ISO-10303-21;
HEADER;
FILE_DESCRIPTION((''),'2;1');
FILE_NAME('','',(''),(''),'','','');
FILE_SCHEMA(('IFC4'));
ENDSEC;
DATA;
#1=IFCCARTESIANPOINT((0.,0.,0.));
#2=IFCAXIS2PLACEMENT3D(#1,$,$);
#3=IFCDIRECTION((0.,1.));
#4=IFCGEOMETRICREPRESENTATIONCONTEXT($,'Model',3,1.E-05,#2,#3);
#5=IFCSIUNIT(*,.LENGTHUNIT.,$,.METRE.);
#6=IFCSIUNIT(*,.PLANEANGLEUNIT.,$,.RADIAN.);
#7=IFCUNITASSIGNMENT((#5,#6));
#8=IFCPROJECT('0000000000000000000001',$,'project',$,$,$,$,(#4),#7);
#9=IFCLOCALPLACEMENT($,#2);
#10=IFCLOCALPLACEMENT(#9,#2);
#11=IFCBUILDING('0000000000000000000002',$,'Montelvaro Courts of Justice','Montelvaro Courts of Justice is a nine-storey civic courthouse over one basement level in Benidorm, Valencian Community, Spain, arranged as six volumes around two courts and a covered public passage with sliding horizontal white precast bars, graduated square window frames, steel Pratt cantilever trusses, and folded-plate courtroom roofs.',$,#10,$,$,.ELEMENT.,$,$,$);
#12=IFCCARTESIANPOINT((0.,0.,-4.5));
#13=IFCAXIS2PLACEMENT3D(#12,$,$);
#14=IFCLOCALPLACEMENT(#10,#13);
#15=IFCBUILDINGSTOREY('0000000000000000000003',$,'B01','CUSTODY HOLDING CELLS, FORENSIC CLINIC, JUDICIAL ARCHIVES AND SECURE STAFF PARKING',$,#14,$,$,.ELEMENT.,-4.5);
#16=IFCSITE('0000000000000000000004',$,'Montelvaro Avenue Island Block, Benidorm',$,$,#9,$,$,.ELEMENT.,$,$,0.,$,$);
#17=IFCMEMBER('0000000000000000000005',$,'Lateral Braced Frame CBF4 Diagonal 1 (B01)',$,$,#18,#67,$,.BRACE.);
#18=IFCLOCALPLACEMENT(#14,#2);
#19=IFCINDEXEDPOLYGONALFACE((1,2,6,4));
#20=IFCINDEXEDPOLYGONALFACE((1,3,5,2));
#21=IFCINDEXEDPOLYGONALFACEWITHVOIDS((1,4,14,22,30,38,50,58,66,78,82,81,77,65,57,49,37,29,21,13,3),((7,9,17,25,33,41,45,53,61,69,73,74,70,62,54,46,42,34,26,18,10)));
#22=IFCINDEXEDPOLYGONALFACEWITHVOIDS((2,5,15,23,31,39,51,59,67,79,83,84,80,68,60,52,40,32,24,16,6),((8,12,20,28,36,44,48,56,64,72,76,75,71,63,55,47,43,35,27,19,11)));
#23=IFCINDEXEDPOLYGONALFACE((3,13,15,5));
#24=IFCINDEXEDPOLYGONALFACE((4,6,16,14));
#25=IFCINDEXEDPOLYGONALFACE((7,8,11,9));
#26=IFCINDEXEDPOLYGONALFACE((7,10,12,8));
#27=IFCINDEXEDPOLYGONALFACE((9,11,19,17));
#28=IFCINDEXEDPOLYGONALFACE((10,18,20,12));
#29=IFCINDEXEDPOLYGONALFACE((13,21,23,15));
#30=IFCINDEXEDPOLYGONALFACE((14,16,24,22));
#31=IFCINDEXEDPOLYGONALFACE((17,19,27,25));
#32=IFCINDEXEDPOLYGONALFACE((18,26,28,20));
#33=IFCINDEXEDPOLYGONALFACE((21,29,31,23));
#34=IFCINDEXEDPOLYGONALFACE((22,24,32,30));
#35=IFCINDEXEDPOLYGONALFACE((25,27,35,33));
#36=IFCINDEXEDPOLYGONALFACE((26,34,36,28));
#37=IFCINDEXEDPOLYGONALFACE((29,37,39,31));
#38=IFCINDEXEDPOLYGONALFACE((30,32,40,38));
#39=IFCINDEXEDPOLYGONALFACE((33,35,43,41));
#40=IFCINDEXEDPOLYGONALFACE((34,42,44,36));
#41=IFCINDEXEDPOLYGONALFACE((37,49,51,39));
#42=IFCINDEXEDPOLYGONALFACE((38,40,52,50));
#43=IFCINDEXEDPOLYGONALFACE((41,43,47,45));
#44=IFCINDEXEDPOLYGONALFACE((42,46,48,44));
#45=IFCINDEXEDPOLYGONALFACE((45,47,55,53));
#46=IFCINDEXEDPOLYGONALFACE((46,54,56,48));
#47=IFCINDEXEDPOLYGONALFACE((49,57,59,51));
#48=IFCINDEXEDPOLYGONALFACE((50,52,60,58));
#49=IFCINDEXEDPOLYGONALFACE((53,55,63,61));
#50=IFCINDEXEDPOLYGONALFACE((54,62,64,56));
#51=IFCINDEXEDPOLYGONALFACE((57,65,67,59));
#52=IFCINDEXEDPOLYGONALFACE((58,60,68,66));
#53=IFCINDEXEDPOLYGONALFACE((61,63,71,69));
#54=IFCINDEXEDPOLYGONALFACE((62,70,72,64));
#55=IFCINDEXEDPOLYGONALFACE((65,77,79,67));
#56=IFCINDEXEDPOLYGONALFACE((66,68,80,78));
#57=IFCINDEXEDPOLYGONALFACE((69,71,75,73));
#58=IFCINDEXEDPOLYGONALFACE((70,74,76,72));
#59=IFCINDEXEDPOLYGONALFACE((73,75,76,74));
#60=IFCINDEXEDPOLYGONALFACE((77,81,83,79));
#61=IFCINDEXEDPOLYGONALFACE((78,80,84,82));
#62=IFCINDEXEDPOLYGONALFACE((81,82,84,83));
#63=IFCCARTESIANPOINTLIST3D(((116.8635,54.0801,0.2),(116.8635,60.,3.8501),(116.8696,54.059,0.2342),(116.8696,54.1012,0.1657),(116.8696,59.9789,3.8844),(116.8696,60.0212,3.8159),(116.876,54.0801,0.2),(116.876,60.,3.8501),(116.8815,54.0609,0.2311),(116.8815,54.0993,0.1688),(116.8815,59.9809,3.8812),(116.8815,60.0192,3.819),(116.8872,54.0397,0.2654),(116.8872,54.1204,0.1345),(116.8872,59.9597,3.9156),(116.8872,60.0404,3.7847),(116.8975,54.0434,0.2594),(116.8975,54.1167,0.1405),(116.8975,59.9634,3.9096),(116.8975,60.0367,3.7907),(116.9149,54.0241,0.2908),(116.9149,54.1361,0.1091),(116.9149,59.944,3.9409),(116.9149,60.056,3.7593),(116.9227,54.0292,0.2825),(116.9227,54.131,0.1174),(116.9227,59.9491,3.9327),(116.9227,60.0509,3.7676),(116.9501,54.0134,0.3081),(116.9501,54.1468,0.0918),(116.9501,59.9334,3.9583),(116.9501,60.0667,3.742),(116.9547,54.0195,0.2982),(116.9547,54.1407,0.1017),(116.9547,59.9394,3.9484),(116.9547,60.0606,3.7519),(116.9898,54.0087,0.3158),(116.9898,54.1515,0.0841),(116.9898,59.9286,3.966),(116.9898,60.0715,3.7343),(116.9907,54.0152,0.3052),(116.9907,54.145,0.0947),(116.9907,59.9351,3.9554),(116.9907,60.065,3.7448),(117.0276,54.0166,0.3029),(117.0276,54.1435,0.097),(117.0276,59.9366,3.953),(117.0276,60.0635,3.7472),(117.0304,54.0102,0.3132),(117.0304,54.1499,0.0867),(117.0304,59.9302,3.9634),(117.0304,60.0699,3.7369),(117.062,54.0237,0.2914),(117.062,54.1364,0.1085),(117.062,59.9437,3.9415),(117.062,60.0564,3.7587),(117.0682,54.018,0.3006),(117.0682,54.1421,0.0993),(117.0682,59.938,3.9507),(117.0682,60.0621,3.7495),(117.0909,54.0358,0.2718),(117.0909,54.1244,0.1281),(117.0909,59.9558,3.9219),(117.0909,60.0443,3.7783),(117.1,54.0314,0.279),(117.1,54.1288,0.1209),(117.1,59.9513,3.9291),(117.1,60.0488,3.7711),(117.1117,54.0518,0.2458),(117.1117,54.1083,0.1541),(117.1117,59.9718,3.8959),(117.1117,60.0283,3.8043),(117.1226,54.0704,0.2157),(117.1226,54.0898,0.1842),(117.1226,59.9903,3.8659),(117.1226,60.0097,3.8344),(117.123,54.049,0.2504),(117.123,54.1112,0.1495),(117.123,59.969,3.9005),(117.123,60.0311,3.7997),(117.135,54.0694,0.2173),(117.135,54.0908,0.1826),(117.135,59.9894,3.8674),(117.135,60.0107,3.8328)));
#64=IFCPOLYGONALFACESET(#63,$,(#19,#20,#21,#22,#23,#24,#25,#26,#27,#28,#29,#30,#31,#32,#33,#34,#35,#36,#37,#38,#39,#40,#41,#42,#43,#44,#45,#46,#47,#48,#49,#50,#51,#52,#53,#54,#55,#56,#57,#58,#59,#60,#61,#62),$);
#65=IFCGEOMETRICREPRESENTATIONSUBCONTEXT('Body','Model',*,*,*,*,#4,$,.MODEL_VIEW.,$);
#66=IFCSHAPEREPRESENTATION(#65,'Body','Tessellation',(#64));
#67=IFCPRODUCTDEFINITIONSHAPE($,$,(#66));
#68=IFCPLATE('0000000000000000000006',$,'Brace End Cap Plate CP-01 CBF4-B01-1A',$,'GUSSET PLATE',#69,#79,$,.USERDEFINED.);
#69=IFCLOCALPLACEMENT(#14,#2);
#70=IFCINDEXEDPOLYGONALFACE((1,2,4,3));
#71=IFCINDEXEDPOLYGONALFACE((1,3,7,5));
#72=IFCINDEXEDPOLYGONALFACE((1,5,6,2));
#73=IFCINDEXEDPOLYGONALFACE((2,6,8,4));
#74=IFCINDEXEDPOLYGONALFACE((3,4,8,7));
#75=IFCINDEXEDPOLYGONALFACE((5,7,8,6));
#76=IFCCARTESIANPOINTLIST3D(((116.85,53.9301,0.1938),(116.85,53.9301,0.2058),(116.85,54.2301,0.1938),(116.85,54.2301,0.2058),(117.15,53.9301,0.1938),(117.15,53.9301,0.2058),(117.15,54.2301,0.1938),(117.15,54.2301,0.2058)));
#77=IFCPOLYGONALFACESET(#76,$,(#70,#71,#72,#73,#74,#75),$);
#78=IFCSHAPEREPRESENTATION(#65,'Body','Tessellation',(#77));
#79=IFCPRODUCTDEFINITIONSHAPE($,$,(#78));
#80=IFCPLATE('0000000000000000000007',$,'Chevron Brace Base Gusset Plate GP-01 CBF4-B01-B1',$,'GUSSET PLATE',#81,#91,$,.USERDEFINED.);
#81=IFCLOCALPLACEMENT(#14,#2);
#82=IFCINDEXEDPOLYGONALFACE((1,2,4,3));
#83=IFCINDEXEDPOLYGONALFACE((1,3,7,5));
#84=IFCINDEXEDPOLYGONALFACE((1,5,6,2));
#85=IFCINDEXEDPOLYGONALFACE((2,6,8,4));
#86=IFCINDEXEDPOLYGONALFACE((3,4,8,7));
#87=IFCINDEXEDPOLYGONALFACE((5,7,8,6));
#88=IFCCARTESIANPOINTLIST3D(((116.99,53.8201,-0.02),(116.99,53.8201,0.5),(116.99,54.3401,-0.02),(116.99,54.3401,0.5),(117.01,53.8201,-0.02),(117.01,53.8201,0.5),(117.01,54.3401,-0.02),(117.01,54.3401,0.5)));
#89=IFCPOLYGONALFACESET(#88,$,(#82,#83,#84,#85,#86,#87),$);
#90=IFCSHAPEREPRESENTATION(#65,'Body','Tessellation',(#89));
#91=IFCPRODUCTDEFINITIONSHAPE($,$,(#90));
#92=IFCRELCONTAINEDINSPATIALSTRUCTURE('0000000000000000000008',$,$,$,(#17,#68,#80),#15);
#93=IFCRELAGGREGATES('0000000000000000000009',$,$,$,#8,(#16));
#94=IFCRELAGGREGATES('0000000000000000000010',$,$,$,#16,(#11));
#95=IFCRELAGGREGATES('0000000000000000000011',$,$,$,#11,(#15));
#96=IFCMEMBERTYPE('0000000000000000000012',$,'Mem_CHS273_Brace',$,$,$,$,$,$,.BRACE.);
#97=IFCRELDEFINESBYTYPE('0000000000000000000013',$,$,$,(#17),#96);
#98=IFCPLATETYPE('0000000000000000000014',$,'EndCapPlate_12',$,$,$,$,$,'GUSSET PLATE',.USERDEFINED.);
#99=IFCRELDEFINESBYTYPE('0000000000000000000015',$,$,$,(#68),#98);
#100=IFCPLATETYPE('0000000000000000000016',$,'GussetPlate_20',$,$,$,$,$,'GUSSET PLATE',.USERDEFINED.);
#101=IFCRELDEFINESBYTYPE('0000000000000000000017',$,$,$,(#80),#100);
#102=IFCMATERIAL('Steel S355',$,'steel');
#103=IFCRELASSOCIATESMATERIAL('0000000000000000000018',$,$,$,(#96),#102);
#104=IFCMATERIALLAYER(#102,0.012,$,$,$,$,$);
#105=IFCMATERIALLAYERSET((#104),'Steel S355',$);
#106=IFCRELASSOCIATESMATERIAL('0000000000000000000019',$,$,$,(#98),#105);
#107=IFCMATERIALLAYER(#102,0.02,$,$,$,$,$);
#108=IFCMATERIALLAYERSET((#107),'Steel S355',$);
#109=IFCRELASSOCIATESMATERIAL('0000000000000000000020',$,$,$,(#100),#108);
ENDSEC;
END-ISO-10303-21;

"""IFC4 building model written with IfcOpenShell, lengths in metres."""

from ifc_helpers import new_model, si_unit, direction, frame, origin, origin_2d, place, context, subcontext, project, spatial, rectangle, hollow_circle, extrude, material, layer, layer_set, material_profile, profile_set, type_object, element, save


model = new_model("IFC4")

# Units and contexts
model_context = context("Model", 3, precision=1e-05, world=origin(), true_north=direction((0.0, 1.0)))
body_context = subcontext(model_context, "Body", "Model", "MODEL_VIEW")
ifc_project = project(units=[si_unit("LENGTHUNIT", "METRE"), si_unit("PLANEANGLEUNIT", "RADIAN")], contexts=[model_context])

# Site, building, storey
site_placement = place(None, origin())
site = spatial("IfcSite", under=ifc_project, at=site_placement, Name="Montelvaro Avenue Island Block, Benidorm", CompositionType="ELEMENT", RefElevation=0.0)
building_placement = place(site_placement, origin())
building = spatial("IfcBuilding", under=site, at=building_placement, Name="Montelvaro Courts of Justice", Description="Montelvaro Courts of Justice is a nine-storey civic courthouse over one basement level in Benidorm, Valencian Community, Spain, arranged as six volumes around two courts and a covered public passage with sliding horizontal white precast bars, graduated square window frames, steel Pratt cantilever trusses, and folded-plate courtroom roofs.", CompositionType="ELEMENT")
storey_placement = place(building_placement, frame((0.0, 0.0, -4.5)))
storey = spatial("IfcBuildingStorey", under=building, at=storey_placement, Name="B01", Description="CUSTODY HOLDING CELLS, FORENSIC CLINIC, JUDICIAL ARCHIVES AND SECURE STAFF PARKING", CompositionType="ELEMENT", Elevation=-4.5)

# Shared definitions
ifc_material_1 = material(Name="Steel S355", Category="steel")

# Member
ifc_material_profile_1 = material_profile(ifc_material_1, hollow_circle(Radius=0.1365, WallThickness=0.0125, at=origin_2d()), Name="CHS 273x12.5")
ifc_profile_set_1 = profile_set([ifc_material_profile_1], Name="Steel S355")
member_type = type_object("IfcMemberType", Name="Mem_CHS273_Brace", PredefinedType="BRACE", material=ifc_profile_set_1)
member_placement = place(storey_placement, frame((117.0, 54.0801, 0.2), z_axis=(0.0, 0.851201, 0.52484), x_axis=(-1.0, 0.0, 0.0)))
element("IfcMember", 1, at=member_placement, inside=storey, type_object=member_type, Name="Lateral Braced Frame CBF4 Diagonal 1 (B01)", PredefinedType="BRACE", context=body_context, shape_type="SweptSolid", body=[
    extrude(hollow_circle(Radius=0.1365, WallThickness=0.0125, at=origin_2d()), origin(), (0.0, 0.0, 1.0), 6.9548),
])

# Plates
ifc_layer_1 = layer(ifc_material_1, 0.012)
ifc_layer_set_1 = layer_set([ifc_layer_1], Name="Steel S355")
plate_type_1 = type_object("IfcPlateType", Name="EndCapPlate_12", ElementType="GUSSET PLATE", PredefinedType="USERDEFINED", material=ifc_layer_set_1)
plate_1_placement = place(storey_placement, frame((117.0, 54.0801, 0.1938), z_axis=(0.0, 0.0, 1.0), x_axis=(1.0, 0.0, 0.0)))
element("IfcPlate", 2, at=plate_1_placement, inside=storey, type_object=plate_type_1, Name="Brace End Cap Plate CP-01 CBF4-B01-1A", ObjectType="GUSSET PLATE", PredefinedType="USERDEFINED", context=body_context, shape_type="SweptSolid", body=[
    extrude(rectangle(XDim=0.3, YDim=0.3, at=origin_2d()), origin(), (0.0, 0.0, 1.0), 0.012),
])
ifc_layer_2 = layer(ifc_material_1, 0.02)
ifc_layer_set_2 = layer_set([ifc_layer_2], Name="Steel S355")
plate_type_2 = type_object("IfcPlateType", Name="GussetPlate_20", ElementType="GUSSET PLATE", PredefinedType="USERDEFINED", material=ifc_layer_set_2)
plate_2_placement = place(storey_placement, frame((117.0, 54.0801, -0.02), z_axis=(0.0, 0.0, 1.0), x_axis=(1.0, 0.0, 0.0)))
element("IfcPlate", 3, at=plate_2_placement, inside=storey, type_object=plate_type_2, Name="Chevron Brace Base Gusset Plate GP-01 CBF4-B01-B1", ObjectType="GUSSET PLATE", PredefinedType="USERDEFINED", context=body_context, shape_type="SweptSolid", body=[
    extrude(rectangle(XDim=0.02, YDim=0.52, at=origin_2d()), origin(), (0.0, 0.0, 1.0), 0.52),
])

save(model, "model.ifc")
